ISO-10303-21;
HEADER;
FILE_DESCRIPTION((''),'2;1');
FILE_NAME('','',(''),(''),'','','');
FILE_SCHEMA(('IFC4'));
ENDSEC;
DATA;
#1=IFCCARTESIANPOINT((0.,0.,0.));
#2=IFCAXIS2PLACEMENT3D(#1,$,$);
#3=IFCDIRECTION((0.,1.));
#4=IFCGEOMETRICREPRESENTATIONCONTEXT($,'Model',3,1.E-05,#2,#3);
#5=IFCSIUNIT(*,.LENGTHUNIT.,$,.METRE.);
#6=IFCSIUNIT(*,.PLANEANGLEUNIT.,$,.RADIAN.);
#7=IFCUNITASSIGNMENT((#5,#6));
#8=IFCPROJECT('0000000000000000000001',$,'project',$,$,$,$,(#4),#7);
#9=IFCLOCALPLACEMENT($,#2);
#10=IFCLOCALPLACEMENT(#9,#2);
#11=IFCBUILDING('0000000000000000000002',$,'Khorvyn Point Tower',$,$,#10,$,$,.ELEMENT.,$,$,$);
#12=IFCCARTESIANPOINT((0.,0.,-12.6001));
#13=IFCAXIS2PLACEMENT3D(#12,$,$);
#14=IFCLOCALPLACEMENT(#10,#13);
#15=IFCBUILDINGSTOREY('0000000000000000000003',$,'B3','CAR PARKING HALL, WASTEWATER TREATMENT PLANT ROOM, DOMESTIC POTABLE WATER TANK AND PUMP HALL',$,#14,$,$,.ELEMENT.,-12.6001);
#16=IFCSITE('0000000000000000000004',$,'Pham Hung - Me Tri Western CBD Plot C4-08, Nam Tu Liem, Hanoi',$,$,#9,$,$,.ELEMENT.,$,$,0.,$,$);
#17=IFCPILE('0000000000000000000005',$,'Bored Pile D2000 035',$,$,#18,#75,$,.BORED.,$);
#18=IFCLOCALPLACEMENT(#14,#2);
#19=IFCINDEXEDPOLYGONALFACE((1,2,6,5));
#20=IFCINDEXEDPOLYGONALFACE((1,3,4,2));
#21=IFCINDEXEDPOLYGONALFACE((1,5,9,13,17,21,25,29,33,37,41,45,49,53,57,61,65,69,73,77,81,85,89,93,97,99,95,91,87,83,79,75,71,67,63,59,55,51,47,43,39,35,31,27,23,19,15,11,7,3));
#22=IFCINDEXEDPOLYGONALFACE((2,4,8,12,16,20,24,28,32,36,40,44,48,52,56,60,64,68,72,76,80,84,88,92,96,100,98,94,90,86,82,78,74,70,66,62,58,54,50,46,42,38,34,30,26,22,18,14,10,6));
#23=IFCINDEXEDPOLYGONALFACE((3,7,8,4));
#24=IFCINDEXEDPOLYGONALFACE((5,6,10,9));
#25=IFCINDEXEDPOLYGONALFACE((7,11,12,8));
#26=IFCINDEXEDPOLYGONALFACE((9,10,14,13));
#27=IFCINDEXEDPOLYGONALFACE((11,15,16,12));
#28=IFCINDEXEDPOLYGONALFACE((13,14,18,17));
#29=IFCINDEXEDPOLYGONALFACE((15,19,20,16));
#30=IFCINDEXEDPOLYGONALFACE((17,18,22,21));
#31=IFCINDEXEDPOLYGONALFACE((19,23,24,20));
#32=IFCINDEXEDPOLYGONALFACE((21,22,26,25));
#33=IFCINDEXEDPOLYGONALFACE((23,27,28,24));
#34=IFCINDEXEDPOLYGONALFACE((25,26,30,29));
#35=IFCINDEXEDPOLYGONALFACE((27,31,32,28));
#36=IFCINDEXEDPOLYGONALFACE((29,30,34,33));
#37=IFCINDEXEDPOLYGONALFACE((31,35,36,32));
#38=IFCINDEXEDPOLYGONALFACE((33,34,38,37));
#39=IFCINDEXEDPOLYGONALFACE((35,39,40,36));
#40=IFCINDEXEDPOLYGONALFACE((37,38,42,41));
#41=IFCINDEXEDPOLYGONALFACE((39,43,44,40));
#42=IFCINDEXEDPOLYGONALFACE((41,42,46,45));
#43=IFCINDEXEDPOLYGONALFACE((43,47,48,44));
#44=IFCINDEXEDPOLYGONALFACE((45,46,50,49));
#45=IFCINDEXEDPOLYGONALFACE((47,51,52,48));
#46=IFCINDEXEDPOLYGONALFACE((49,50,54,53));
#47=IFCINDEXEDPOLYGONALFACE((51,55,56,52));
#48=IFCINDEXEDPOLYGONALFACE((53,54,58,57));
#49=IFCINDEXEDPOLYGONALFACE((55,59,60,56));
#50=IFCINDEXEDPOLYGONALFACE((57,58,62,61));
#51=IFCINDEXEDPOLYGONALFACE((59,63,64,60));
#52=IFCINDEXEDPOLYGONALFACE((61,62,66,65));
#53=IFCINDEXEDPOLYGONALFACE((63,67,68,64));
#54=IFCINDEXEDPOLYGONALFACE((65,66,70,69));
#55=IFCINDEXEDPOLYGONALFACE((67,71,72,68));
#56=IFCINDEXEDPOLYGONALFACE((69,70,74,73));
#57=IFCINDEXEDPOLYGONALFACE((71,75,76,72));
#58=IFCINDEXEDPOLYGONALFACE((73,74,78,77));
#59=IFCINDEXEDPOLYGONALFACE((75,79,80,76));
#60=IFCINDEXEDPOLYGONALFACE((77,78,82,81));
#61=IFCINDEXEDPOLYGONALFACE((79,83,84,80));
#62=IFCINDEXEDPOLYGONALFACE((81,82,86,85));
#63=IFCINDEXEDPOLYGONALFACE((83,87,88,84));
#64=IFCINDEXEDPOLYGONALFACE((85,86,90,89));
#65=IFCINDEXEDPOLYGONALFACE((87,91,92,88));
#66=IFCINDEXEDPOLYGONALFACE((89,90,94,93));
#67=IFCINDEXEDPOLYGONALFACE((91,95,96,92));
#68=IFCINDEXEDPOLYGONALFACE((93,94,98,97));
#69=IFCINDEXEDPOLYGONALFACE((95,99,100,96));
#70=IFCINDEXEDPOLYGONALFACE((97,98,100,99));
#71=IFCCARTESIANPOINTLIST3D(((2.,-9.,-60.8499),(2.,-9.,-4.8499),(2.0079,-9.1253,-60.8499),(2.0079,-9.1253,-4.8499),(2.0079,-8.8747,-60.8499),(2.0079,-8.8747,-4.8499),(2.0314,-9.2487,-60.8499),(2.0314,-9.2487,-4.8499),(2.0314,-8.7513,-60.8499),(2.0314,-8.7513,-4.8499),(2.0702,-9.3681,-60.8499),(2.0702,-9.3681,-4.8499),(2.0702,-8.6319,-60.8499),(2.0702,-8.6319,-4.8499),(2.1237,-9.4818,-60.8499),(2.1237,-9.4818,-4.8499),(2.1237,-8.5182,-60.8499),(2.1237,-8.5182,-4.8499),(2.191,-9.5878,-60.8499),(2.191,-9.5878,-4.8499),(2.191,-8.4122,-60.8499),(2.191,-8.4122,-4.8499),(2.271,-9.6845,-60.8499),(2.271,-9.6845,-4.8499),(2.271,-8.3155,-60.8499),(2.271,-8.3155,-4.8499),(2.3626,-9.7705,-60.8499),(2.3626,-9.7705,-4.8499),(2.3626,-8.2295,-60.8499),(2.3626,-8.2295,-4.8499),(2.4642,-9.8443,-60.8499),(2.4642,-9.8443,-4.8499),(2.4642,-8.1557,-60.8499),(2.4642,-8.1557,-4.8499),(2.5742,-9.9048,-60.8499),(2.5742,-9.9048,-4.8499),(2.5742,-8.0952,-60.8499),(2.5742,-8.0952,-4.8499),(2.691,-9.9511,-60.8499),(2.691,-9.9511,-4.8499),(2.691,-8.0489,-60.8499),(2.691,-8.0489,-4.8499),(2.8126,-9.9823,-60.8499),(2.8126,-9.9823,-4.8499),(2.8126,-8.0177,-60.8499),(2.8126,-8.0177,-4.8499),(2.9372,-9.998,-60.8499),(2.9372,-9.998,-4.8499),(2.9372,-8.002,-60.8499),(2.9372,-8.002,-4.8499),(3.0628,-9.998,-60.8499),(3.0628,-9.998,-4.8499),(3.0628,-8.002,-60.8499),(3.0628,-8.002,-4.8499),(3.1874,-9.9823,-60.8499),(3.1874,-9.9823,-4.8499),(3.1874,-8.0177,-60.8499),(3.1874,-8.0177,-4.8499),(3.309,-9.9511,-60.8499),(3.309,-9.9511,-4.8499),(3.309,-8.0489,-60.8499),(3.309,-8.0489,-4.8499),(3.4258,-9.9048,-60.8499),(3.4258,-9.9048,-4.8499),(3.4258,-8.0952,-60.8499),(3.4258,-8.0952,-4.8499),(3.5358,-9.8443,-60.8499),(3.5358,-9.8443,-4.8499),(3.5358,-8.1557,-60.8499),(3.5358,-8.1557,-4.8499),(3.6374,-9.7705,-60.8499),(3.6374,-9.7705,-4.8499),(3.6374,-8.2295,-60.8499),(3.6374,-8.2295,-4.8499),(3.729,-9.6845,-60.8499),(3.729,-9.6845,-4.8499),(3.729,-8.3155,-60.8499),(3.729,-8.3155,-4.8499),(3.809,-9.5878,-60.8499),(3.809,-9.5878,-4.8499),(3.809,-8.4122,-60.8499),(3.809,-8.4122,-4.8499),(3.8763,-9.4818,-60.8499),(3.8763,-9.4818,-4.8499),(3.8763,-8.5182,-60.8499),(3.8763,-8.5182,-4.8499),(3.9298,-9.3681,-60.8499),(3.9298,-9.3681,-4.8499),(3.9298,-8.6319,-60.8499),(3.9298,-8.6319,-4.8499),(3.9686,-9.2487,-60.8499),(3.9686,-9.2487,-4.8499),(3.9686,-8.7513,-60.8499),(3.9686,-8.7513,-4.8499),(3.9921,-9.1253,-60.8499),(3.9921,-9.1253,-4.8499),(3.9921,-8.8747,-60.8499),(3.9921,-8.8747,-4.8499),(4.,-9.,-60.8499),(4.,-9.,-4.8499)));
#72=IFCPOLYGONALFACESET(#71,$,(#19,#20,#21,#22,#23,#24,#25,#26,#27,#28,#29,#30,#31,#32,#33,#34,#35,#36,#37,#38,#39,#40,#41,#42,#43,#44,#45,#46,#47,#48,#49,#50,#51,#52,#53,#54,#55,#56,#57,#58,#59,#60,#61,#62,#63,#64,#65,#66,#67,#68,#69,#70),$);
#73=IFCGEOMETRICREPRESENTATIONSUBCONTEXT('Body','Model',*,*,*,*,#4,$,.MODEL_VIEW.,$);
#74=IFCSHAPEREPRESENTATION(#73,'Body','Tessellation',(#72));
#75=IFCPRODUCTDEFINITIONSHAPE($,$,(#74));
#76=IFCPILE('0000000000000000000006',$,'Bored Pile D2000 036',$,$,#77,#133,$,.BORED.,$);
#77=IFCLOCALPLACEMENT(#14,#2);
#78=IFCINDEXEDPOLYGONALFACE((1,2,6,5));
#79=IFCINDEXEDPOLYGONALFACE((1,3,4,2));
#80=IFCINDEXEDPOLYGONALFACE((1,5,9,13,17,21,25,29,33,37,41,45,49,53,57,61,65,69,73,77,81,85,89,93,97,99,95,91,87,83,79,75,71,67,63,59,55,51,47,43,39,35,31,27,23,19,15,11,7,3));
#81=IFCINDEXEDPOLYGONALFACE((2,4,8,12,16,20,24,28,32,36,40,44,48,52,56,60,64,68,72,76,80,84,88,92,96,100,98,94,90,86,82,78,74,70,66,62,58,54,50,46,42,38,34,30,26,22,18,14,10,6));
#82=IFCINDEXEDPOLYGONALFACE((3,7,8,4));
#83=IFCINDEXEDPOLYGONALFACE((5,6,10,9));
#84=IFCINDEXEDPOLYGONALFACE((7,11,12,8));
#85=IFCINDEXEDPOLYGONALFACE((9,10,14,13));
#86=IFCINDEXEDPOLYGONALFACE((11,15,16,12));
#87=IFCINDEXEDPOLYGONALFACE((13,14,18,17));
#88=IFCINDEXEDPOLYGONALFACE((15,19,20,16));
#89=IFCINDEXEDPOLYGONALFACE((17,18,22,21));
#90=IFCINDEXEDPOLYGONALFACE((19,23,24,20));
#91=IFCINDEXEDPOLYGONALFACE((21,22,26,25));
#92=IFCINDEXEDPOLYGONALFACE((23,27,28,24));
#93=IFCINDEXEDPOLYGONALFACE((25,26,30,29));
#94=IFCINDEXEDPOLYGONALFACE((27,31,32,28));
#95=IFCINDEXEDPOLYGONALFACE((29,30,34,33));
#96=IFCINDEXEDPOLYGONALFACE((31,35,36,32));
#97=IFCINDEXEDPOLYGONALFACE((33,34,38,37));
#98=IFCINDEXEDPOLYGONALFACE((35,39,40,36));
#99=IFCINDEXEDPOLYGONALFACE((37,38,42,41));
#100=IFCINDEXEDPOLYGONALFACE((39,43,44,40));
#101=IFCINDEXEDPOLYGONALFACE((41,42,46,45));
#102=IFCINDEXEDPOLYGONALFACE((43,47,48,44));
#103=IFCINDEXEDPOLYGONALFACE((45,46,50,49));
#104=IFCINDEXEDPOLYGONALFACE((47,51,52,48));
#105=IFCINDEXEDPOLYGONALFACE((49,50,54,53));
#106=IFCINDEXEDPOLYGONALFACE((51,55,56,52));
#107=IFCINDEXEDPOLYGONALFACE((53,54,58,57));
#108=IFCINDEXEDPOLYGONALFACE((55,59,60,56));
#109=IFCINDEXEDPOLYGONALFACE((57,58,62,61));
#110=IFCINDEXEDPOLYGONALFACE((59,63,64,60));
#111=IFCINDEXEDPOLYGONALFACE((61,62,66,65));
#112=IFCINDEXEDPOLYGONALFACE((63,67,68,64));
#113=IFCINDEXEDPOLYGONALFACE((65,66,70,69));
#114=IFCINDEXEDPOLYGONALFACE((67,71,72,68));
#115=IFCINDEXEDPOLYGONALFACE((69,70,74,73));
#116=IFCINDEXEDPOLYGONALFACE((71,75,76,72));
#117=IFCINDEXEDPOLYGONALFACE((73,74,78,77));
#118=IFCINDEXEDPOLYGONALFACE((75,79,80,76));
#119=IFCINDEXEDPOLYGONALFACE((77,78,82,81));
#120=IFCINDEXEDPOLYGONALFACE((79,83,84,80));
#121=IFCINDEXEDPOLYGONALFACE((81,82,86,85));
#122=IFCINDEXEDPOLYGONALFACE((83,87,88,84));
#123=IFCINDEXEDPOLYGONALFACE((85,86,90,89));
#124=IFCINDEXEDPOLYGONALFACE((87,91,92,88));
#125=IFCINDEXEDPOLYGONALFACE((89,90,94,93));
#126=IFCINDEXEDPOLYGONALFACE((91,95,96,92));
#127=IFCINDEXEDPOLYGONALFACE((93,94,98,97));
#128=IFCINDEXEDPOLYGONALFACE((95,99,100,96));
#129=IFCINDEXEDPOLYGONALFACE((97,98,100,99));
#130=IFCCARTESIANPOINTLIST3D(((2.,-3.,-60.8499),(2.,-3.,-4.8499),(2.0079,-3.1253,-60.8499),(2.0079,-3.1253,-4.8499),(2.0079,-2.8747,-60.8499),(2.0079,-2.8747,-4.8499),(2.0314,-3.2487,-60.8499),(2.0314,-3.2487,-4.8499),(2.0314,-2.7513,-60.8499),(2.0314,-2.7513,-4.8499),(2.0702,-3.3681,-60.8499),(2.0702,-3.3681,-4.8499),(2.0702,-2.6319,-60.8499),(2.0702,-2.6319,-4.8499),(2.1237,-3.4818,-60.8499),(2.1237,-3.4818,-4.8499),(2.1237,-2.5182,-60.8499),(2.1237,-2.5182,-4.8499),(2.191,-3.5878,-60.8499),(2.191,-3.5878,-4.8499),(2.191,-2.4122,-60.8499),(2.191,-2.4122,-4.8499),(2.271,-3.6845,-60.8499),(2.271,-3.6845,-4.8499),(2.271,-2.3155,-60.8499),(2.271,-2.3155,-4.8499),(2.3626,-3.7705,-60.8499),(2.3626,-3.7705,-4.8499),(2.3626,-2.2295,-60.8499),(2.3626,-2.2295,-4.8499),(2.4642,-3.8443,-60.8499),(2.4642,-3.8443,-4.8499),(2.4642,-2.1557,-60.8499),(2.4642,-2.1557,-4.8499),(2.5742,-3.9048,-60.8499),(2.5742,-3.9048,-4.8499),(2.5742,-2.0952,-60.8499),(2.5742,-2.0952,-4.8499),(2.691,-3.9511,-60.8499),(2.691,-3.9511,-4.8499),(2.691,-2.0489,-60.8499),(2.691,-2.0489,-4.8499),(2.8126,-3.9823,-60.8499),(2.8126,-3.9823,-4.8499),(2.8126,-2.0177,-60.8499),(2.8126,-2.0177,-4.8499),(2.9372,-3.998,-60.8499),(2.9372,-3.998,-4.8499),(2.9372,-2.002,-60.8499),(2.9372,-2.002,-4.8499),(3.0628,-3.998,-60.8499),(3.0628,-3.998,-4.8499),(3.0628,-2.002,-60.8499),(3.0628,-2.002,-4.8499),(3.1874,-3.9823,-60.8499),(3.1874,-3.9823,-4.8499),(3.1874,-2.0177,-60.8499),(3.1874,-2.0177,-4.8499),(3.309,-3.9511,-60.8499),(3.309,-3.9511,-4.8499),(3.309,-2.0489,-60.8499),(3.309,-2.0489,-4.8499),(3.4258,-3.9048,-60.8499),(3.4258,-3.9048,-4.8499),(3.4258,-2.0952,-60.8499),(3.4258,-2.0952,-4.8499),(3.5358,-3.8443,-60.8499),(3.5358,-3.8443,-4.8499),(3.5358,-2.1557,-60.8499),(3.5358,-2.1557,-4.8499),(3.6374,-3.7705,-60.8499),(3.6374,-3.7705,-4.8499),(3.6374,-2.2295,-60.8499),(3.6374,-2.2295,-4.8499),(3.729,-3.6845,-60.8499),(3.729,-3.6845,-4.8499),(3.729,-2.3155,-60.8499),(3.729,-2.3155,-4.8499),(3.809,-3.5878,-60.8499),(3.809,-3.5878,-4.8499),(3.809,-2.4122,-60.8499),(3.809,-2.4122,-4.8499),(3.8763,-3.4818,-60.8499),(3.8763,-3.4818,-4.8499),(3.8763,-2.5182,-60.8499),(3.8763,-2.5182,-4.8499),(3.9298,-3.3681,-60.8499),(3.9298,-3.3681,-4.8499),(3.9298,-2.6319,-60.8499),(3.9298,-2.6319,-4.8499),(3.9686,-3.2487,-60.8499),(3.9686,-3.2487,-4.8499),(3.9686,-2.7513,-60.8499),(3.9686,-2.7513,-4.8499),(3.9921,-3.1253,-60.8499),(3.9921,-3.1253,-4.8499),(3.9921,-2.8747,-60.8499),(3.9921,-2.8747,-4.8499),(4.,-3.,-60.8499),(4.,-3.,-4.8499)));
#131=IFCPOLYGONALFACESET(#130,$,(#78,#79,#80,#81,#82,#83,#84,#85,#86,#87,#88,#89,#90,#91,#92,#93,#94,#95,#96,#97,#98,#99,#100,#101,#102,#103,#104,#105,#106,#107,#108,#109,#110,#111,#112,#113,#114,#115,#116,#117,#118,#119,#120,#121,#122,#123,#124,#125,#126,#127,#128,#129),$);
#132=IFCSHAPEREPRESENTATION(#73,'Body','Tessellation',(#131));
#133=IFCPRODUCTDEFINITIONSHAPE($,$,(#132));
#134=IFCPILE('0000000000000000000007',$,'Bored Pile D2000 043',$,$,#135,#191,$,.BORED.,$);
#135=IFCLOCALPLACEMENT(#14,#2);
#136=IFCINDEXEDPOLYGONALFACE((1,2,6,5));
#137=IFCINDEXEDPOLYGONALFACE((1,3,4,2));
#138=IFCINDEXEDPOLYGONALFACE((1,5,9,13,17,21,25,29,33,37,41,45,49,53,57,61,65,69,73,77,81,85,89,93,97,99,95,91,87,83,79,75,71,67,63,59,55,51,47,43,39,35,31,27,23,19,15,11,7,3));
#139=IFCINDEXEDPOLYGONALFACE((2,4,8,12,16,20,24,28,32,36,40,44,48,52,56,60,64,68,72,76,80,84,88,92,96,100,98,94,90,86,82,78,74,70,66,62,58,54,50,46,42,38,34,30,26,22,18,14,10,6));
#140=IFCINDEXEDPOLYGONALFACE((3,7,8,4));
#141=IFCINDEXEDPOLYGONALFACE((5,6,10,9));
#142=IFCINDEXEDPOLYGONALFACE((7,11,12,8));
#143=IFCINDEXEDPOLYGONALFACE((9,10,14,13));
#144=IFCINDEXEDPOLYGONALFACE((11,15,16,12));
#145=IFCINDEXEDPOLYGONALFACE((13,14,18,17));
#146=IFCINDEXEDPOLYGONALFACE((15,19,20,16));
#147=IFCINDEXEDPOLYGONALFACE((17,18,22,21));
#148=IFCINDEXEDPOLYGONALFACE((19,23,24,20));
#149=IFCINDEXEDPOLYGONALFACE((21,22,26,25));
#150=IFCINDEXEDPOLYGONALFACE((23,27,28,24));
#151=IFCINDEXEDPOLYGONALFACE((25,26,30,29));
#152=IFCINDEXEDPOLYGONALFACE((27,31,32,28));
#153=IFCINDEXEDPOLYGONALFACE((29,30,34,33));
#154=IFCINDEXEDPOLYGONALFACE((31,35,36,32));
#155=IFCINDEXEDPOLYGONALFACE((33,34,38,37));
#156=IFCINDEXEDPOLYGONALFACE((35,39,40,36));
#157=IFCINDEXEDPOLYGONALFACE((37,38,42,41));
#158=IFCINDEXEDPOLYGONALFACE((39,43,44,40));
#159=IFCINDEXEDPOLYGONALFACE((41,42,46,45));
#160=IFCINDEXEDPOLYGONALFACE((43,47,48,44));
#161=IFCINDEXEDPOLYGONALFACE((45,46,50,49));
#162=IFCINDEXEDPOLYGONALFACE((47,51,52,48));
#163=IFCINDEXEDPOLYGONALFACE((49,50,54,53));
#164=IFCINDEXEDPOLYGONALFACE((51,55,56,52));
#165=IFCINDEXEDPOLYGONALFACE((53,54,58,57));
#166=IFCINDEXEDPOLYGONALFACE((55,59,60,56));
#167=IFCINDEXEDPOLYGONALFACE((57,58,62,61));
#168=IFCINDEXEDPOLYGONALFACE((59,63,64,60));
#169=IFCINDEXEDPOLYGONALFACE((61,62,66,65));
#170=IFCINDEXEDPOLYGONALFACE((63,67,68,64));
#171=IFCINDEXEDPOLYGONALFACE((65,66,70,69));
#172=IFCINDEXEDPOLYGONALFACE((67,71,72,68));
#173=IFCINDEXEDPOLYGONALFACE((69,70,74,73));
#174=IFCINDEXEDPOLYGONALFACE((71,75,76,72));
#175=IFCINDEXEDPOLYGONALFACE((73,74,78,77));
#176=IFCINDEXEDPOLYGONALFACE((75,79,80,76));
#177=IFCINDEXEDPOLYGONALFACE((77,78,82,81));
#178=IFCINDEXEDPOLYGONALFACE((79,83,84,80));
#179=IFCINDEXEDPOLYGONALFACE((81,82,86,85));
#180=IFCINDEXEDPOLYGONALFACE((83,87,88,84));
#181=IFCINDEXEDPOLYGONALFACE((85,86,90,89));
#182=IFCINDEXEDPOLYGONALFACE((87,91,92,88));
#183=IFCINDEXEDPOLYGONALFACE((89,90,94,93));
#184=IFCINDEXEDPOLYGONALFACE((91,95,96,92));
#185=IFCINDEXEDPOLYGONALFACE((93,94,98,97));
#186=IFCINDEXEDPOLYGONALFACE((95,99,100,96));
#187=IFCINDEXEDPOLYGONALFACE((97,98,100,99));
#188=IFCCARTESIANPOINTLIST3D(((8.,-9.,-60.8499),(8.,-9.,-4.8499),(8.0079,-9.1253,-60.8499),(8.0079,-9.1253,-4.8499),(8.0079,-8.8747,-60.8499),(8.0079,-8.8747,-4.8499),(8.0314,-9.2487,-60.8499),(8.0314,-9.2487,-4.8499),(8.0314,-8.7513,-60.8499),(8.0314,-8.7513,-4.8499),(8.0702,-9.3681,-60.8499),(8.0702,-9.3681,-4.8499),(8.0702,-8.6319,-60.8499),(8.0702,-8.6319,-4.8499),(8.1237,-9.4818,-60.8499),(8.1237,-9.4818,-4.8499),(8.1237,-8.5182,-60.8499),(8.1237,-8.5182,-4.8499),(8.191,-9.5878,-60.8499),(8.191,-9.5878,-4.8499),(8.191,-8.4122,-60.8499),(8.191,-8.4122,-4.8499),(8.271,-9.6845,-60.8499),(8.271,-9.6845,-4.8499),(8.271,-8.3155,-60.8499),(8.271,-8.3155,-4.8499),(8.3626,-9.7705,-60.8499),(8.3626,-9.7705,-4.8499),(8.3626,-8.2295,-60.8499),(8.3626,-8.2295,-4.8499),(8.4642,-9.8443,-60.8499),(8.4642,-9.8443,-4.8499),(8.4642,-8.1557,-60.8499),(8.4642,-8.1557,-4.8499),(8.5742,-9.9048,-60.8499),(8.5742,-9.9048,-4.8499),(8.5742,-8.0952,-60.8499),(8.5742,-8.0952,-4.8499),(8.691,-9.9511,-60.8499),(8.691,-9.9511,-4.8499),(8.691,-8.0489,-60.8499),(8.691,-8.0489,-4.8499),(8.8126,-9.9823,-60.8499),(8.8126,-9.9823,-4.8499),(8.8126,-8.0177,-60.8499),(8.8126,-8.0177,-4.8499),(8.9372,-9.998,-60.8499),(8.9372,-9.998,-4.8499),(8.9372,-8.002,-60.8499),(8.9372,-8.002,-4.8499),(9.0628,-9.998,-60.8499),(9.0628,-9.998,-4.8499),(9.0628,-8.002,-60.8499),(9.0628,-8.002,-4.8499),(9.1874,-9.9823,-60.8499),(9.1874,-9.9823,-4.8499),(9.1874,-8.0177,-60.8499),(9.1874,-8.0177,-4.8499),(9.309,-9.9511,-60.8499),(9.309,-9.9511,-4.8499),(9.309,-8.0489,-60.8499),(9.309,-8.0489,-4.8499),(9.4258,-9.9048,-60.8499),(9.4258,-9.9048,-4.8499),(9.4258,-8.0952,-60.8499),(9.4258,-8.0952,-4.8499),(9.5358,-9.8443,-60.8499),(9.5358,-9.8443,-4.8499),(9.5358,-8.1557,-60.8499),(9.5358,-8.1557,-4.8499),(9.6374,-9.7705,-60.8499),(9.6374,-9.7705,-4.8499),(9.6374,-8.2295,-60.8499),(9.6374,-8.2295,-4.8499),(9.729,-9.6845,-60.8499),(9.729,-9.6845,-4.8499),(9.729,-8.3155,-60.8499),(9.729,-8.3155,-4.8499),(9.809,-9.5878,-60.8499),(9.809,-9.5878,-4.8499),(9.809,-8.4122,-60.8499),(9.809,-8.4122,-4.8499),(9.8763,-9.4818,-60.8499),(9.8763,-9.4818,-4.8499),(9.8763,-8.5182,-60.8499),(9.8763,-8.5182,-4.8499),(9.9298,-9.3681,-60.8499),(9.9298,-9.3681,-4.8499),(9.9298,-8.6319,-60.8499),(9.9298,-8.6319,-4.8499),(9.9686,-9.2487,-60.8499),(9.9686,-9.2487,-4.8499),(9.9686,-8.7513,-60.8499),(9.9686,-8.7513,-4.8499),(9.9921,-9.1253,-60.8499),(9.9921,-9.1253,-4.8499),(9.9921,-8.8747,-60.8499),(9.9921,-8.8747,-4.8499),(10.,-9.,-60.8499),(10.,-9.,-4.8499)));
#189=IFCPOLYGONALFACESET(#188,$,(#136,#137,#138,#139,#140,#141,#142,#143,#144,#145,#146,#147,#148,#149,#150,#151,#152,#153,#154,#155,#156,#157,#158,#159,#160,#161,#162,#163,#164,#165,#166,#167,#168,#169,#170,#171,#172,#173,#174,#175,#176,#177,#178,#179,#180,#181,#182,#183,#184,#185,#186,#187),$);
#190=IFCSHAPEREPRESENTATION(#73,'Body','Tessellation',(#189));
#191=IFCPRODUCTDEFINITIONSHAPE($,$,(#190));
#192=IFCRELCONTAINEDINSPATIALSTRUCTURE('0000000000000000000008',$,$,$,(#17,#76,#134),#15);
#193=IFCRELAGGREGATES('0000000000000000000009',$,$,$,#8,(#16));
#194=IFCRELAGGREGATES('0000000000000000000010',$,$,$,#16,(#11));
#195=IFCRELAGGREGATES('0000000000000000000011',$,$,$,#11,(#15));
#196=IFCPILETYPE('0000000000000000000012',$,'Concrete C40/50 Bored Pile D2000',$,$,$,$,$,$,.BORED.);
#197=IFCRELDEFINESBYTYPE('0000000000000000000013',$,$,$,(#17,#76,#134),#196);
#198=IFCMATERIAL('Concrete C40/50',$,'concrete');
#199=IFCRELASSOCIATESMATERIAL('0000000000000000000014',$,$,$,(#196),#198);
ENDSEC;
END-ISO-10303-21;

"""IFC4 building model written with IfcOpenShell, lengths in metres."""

from ifc_helpers import new_model, si_unit, direction, frame, origin, origin_2d, place, context, subcontext, project, spatial, circle, extrude, material, material_profile, profile_set, type_object, element, save


model = new_model("IFC4")

# Units and contexts
model_context = context("Model", 3, precision=1e-05, world=origin(), true_north=direction((0.0, 1.0)))
body_context = subcontext(model_context, "Body", "Model", "MODEL_VIEW")
ifc_project = project(units=[si_unit("LENGTHUNIT", "METRE"), si_unit("PLANEANGLEUNIT", "RADIAN")], contexts=[model_context])

# Site, building, storey
site_placement = place(None, origin())
site = spatial("IfcSite", under=ifc_project, at=site_placement, Name="Pham Hung - Me Tri Western CBD Plot C4-08, Nam Tu Liem, Hanoi", CompositionType="ELEMENT", RefElevation=0.0)
building_placement = place(site_placement, origin())
building = spatial("IfcBuilding", under=site, at=building_placement, Name="Khorvyn Point Tower", CompositionType="ELEMENT")
storey_placement = place(building_placement, frame((0.0, 0.0, -12.6001)))
storey = spatial("IfcBuildingStorey", under=building, at=storey_placement, Name="B3", Description="CAR PARKING HALL, WASTEWATER TREATMENT PLANT ROOM, DOMESTIC POTABLE WATER TANK AND PUMP HALL", CompositionType="ELEMENT", Elevation=-12.6001)

# Piles
ifc_material_1 = material(Name="Concrete C40/50", Category="concrete")
ifc_material_profile_1 = material_profile(ifc_material_1, circle(Radius=1.0, at=origin_2d()))
ifc_profile_set_1 = profile_set([ifc_material_profile_1], Name="Concrete C40/50 PILE-D2000")
pile_type = type_object("IfcPileType", Name="Concrete C40/50 Bored Pile D2000", PredefinedType="BORED", material=ifc_profile_set_1)
for number, where, z_axis, x_axis, name in (
    (1, (3.0, -9.0, -4.8499), (0.0, 0.0, -1.0), (1.0, 0.0, 0.0), "Bored Pile D2000 035"),
    (2, (3.0, -3.0, -4.8499), (0.0, 0.0, -1.0), (1.0, 0.0, 0.0), "Bored Pile D2000 036"),
    (3, (9.0, -9.0, -4.8499), (0.0, 0.0, -1.0), (1.0, 0.0, 0.0), "Bored Pile D2000 043"),
):
    element("IfcPile", number, at=place(storey_placement, frame(where, z_axis=z_axis, x_axis=x_axis)), inside=storey, type_object=pile_type, Name=name, PredefinedType="BORED", context=body_context, shape_type="SweptSolid", body=[
        extrude(circle(Radius=1.0, at=origin_2d()), origin(), (0.0, 0.0, 1.0), 56.0),
    ])

save(model, "model.ifc")
